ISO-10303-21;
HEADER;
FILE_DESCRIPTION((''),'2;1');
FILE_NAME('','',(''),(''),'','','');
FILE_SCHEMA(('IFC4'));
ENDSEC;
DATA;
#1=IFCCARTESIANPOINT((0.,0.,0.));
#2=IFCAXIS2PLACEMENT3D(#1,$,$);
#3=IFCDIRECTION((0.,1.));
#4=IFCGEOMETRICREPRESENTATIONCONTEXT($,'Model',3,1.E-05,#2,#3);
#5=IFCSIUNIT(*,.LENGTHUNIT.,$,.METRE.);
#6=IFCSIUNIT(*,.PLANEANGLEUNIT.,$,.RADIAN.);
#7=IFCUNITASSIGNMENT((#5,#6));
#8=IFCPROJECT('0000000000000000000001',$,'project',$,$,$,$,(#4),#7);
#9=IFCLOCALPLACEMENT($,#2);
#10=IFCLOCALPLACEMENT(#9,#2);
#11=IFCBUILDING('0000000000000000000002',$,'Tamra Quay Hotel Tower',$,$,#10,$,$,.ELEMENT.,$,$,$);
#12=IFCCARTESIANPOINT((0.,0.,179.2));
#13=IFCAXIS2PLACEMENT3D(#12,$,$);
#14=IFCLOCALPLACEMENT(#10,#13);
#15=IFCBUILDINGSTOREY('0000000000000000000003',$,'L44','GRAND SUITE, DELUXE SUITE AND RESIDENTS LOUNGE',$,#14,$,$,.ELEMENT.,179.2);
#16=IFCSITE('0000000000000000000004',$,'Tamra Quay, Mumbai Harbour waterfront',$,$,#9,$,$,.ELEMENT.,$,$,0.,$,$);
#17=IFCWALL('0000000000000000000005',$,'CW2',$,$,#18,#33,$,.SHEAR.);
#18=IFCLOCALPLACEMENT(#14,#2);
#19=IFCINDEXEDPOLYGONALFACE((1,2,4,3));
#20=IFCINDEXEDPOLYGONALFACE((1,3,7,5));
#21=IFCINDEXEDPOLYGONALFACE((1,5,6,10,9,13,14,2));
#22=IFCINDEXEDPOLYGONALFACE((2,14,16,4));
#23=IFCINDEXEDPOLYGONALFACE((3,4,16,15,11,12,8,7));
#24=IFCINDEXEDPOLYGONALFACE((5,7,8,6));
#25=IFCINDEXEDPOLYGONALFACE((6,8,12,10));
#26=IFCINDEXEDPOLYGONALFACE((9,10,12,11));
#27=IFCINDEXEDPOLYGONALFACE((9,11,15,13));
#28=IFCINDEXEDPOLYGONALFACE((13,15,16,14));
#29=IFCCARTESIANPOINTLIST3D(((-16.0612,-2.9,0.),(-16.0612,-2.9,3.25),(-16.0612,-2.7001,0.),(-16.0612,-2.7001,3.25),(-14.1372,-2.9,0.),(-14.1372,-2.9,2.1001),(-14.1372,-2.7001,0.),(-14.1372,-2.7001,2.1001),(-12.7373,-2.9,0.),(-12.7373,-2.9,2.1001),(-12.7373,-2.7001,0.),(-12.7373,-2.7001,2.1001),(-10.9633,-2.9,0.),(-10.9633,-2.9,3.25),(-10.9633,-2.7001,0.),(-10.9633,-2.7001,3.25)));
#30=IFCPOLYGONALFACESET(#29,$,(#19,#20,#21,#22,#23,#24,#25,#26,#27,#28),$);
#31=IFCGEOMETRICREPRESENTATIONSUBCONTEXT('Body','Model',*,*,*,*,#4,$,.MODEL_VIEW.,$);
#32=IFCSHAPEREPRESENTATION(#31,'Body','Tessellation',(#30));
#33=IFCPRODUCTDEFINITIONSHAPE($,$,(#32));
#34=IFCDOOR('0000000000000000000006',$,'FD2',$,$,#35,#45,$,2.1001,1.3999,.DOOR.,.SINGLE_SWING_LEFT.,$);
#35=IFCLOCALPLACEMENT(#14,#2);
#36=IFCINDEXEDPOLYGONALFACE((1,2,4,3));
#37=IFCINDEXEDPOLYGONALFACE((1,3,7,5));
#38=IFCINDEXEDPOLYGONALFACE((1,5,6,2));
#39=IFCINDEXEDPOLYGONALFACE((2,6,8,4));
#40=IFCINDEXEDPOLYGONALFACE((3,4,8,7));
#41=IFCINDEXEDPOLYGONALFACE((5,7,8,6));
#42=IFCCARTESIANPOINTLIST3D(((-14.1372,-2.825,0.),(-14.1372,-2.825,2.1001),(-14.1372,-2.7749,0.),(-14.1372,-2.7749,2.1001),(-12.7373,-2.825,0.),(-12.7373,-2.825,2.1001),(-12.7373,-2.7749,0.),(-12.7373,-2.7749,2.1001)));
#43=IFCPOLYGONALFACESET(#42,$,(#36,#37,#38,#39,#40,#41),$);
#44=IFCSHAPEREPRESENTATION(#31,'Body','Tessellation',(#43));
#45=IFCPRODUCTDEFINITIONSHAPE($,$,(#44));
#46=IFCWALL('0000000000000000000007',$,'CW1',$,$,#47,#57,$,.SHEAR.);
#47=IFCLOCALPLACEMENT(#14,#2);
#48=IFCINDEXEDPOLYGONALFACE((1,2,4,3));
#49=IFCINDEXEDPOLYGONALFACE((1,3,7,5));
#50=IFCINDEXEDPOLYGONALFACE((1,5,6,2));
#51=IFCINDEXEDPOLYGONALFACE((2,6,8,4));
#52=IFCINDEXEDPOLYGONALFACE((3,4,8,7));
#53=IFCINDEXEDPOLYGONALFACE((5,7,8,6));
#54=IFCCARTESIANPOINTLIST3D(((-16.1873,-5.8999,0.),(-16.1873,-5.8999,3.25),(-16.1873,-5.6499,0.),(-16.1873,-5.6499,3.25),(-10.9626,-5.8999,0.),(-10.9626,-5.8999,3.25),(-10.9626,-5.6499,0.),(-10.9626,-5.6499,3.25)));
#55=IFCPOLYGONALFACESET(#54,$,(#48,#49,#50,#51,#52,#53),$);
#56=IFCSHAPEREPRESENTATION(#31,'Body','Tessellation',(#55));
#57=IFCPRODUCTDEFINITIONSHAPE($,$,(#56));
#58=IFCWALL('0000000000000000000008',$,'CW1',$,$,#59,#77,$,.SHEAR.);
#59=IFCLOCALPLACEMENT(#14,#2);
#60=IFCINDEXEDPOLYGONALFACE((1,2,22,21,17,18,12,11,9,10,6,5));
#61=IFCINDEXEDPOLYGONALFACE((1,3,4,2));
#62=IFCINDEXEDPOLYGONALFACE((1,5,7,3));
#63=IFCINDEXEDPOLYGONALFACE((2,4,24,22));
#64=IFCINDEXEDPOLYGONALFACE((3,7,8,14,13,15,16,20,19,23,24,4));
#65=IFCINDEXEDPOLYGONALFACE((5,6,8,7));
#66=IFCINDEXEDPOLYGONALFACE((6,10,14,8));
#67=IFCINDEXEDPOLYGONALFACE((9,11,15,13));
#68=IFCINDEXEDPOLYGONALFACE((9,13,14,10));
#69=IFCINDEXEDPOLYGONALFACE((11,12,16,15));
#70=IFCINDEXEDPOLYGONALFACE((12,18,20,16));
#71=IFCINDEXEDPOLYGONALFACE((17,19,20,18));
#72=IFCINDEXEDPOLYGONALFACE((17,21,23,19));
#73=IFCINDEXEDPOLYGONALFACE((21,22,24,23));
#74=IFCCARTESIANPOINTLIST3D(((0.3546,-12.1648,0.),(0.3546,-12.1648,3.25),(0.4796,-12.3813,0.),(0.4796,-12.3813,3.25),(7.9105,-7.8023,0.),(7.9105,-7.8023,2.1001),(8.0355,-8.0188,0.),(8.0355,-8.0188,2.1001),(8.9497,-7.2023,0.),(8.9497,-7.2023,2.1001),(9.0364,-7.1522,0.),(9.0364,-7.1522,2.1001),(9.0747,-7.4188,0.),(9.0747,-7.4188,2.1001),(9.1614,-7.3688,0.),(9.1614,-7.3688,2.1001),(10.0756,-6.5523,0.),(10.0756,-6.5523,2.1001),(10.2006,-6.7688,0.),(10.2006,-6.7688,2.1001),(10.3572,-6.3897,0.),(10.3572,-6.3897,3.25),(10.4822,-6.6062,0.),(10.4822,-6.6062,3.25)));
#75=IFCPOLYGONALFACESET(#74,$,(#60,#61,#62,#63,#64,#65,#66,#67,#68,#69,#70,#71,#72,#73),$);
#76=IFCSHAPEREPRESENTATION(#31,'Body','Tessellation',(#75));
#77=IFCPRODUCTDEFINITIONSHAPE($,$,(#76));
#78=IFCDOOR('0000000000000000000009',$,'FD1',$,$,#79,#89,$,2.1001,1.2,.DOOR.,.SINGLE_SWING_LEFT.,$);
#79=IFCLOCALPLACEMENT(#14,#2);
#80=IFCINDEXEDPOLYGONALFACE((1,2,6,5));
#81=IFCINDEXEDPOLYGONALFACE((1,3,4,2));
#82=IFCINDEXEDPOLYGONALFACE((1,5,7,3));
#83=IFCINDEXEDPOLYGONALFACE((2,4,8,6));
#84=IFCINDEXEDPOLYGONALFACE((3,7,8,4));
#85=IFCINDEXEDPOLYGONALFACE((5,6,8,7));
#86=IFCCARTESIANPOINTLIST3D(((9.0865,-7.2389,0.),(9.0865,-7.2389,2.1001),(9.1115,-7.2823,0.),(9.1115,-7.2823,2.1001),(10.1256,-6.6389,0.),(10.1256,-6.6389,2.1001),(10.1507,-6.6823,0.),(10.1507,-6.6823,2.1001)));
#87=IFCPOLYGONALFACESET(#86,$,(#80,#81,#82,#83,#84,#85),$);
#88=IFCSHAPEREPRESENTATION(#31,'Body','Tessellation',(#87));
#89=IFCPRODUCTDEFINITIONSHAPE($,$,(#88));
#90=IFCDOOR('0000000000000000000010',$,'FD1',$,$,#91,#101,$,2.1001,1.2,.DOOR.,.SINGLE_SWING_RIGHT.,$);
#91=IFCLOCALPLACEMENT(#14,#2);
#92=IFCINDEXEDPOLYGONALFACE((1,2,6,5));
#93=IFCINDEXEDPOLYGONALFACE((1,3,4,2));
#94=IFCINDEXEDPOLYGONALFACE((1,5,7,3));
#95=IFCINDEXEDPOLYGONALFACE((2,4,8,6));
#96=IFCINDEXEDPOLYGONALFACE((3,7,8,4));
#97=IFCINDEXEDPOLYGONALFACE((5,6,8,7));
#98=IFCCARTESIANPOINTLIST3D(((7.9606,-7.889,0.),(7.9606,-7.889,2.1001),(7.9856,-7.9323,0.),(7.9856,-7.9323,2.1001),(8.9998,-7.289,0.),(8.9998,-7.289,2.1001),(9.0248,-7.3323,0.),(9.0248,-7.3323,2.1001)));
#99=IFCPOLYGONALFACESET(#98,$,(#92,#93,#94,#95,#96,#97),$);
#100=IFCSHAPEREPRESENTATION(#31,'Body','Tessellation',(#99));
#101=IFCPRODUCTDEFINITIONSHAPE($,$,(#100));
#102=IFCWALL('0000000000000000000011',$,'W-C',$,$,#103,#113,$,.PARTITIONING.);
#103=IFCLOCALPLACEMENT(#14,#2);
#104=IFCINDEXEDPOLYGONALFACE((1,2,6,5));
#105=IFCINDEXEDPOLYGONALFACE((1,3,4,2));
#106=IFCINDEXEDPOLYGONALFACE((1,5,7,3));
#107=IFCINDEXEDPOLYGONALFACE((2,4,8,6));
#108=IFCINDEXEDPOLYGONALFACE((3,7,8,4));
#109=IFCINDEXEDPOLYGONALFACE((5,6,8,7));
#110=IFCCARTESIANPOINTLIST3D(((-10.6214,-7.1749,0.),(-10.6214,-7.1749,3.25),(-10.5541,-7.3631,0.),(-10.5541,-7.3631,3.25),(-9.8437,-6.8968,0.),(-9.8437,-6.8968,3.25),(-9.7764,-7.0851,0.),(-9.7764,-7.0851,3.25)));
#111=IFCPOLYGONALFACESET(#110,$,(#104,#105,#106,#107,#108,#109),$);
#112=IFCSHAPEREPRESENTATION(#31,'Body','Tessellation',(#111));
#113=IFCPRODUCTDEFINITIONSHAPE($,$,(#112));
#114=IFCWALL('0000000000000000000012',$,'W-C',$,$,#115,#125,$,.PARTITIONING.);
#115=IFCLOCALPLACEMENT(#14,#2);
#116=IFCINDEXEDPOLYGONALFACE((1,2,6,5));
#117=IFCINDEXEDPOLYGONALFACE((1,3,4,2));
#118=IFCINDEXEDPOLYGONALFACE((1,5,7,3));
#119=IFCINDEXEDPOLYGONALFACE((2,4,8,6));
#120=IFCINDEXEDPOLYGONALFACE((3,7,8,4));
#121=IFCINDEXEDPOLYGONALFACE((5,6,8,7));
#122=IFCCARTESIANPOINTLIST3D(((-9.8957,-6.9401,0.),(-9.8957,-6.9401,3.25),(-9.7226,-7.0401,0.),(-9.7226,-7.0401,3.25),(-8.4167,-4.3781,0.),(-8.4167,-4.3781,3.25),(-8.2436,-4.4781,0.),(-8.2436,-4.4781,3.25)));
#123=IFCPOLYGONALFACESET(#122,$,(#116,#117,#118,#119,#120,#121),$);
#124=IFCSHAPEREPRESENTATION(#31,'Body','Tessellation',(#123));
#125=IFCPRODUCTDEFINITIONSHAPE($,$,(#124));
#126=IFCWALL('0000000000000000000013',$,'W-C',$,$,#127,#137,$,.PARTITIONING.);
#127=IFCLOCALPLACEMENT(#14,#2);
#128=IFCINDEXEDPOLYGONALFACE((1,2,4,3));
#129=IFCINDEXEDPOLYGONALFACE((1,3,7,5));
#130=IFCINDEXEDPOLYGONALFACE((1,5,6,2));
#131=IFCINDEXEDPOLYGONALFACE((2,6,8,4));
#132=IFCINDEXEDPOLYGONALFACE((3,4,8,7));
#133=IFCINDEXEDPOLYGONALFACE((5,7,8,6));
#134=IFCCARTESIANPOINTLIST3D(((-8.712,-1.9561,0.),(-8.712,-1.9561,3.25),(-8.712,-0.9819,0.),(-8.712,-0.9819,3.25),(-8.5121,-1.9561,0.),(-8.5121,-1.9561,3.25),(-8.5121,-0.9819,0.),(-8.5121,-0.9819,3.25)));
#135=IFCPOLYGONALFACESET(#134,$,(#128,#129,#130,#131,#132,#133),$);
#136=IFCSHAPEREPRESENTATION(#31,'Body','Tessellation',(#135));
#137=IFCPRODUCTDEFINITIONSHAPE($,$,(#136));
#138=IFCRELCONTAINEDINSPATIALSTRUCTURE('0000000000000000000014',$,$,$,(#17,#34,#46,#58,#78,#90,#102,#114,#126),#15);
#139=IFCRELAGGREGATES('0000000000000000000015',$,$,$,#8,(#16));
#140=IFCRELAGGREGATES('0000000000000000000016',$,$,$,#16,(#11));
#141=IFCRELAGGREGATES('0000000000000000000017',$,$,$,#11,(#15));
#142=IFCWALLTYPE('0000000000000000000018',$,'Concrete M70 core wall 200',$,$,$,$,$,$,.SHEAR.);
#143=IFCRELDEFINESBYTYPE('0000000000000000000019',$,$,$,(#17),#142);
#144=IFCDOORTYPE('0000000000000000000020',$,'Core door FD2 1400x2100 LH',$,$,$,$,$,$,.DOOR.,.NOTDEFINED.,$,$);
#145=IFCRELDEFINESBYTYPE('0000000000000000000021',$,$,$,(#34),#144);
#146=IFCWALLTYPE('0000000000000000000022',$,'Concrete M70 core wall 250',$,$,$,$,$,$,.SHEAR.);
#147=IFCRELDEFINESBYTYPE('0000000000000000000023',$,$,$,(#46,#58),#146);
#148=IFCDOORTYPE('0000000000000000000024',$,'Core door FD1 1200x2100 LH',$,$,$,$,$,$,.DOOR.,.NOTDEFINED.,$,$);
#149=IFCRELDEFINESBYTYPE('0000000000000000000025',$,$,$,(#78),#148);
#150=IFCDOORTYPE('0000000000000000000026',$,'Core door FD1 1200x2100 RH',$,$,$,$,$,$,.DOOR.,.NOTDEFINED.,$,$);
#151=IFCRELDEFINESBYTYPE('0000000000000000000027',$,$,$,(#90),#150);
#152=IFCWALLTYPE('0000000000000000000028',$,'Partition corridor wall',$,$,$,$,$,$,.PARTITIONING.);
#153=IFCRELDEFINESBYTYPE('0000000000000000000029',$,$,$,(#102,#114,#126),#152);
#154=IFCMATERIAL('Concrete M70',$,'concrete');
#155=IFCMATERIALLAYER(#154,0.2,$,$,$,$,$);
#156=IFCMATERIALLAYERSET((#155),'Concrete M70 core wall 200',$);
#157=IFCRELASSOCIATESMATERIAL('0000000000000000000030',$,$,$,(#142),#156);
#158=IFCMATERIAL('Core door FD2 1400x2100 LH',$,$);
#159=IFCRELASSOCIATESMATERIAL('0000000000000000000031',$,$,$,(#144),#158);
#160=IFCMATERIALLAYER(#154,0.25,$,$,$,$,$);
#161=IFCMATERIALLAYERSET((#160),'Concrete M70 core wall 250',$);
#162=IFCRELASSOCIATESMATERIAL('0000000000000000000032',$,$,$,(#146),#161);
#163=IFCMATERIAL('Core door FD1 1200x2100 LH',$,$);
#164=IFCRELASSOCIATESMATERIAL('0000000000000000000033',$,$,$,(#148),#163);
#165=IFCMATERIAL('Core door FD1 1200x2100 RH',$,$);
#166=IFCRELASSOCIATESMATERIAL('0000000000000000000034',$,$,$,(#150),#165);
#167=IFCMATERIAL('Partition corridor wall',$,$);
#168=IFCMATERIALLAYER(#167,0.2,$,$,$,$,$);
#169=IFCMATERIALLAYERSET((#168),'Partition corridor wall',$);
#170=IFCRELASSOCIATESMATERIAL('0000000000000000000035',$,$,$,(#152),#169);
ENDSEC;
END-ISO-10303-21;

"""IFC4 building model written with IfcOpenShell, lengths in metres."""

from ifc_helpers import new_model, si_unit, direction, frame, frame_2d, origin, place, context, subcontext, project, spatial, rectangle, extrude, material, layer, layer_set, type_object, element, fill, save


model = new_model("IFC4")

# Units and contexts
model_context = context("Model", 3, precision=1e-05, world=origin(), true_north=direction((0.0, 1.0)))
body_context = subcontext(model_context, "Body", "Model", "MODEL_VIEW")
ifc_project = project(units=[si_unit("LENGTHUNIT", "METRE"), si_unit("PLANEANGLEUNIT", "RADIAN")], contexts=[model_context])

# Site, building, storey
site_placement = place(None, origin())
site = spatial("IfcSite", under=ifc_project, at=site_placement, Name="Tamra Quay, Mumbai Harbour waterfront", CompositionType="ELEMENT", RefElevation=0.0)
building_placement = place(site_placement, origin())
building = spatial("IfcBuilding", under=site, at=building_placement, Name="Tamra Quay Hotel Tower", CompositionType="ELEMENT")
storey_placement = place(building_placement, frame((0.0, 0.0, 179.2)))
storey = spatial("IfcBuildingStorey", under=building, at=storey_placement, Name="L44", Description="GRAND SUITE, DELUXE SUITE AND RESIDENTS LOUNGE", CompositionType="ELEMENT", Elevation=179.2)

# Wall, opening, door
ifc_material_1 = material(Name="Concrete M70", Category="concrete")
ifc_layer_1 = layer(ifc_material_1, 0.2)
ifc_layer_set_1 = layer_set([ifc_layer_1], Name="Concrete M70 core wall 200")
wall_type_1 = type_object("IfcWallType", Name="Concrete M70 core wall 200", PredefinedType="SHEAR", material=ifc_layer_set_1)
wall_1_placement = place(storey_placement, frame((-10.9634, -2.8, 0.0), z_axis=(0.0, 0.0, 1.0), x_axis=(-1.0, 0.0, 0.0)))
wall_1 = element("IfcWall", 1, at=wall_1_placement, inside=storey, type_object=wall_type_1, Name="CW2", PredefinedType="SHEAR", context=body_context, shape_type="SweptSolid", body=[
    extrude(rectangle(XDim=5.0979, YDim=0.2, at=frame_2d((2.5488, 0.0))), origin(), (0.0, 0.0, 1.0), 3.25),
])
opening_1_placement = place(wall_1_placement, frame((1.7739, 0.0, 0.0)))
opening_1 = element("IfcOpeningElement", 2, at=opening_1_placement, cuts=wall_1, PredefinedType="OPENING", context=body_context, shape_type="SweptSolid", body=[
    extrude(rectangle(XDim=1.3999, YDim=2.1001, at=frame_2d((0.7, 1.05))), frame((0.0, 0.1099, 0.0), z_axis=(0.0, -1.0, 0.0), x_axis=(1.0, 0.0, 0.0)), (0.0, 0.0, 1.0), 0.22),
])
ifc_material_2 = material(Name="Core door FD2 1400x2100 LH")
door_type_1 = type_object("IfcDoorType", Name="Core door FD2 1400x2100 LH", OperationType="NOTDEFINED", PredefinedType="DOOR", material=ifc_material_2)
door_1_placement = place(opening_1_placement, origin())
door_1 = element("IfcDoor", 3, at=door_1_placement, inside=storey, type_object=door_type_1, Name="FD2", OperationType="SINGLE_SWING_LEFT", OverallHeight=2.1001, OverallWidth=1.3999, PredefinedType="DOOR", context=body_context, shape_type="SweptSolid", body=[
    extrude(rectangle(XDim=1.3999, YDim=2.1001, at=frame_2d((0.7, 1.05))), frame((0.0, 0.0249, 0.0), z_axis=(0.0, -1.0, 0.0), x_axis=(1.0, 0.0, 0.0)), (0.0, 0.0, 1.0), 0.05),
])
fill(opening_1, door_1)

# Wall
ifc_layer_2 = layer(ifc_material_1, 0.25)
ifc_layer_set_2 = layer_set([ifc_layer_2], Name="Concrete M70 core wall 250")
wall_type_2 = type_object("IfcWallType", Name="Concrete M70 core wall 250", PredefinedType="SHEAR", material=ifc_layer_set_2)
wall_2_placement = place(storey_placement, frame((-10.9626, -5.7749, 0.0), z_axis=(0.0, 0.0, 1.0), x_axis=(-1.0, 0.0, 0.0)))
element("IfcWall", 4, at=wall_2_placement, inside=storey, type_object=wall_type_2, Name="CW1", PredefinedType="SHEAR", context=body_context, shape_type="SweptSolid", body=[
    extrude(rectangle(XDim=5.2246, YDim=0.25, at=frame_2d((2.6123, 0.0))), origin(), (0.0, 0.0, 1.0), 3.25),
])

# Wall, openings, doors
wall_3_placement = place(storey_placement, frame((0.4172, -12.2729, 0.0), z_axis=(0.0, 0.0, 1.0), x_axis=(0.866022, 0.500006, 0.0)))
wall_3 = element("IfcWall", 5, at=wall_3_placement, inside=storey, type_object=wall_type_2, Name="CW1", PredefinedType="SHEAR", context=body_context, shape_type="SweptSolid", body=[
    extrude(rectangle(XDim=11.55, YDim=0.25, at=frame_2d((5.7749, 0.0))), origin(), (0.0, 0.0, 1.0), 3.25),
])
opening_2_placement = place(wall_3_placement, frame((10.0247, 0.0, 0.0)))
opening_2 = element("IfcOpeningElement", 6, at=opening_2_placement, cuts=wall_3, PredefinedType="OPENING", context=body_context, shape_type="SweptSolid", body=[
    extrude(rectangle(XDim=1.2, YDim=2.1001, at=frame_2d((0.6001, 1.05))), frame((0.0, 0.135, 0.0), z_axis=(0.0, -1.0, 0.0), x_axis=(1.0, 0.0, 0.0)), (0.0, 0.0, 1.0), 0.27),
])
opening_3_placement = place(wall_3_placement, frame((8.7246, 0.0, 0.0)))
opening_3 = element("IfcOpeningElement", 7, at=opening_3_placement, cuts=wall_3, PredefinedType="OPENING", context=body_context, shape_type="SweptSolid", body=[
    extrude(rectangle(XDim=1.2, YDim=2.1001, at=frame_2d((0.6001, 1.05))), frame((0.0, 0.135, 0.0), z_axis=(0.0, -1.0, 0.0), x_axis=(1.0, 0.0, 0.0)), (0.0, 0.0, 1.0), 0.27),
])
ifc_material_3 = material(Name="Core door FD1 1200x2100 LH")
door_type_2 = type_object("IfcDoorType", Name="Core door FD1 1200x2100 LH", OperationType="NOTDEFINED", PredefinedType="DOOR", material=ifc_material_3)
door_2_placement = place(opening_2_placement, origin())
door_2 = element("IfcDoor", 8, at=door_2_placement, inside=storey, type_object=door_type_2, Name="FD1", OperationType="SINGLE_SWING_LEFT", OverallHeight=2.1001, OverallWidth=1.2, PredefinedType="DOOR", context=body_context, shape_type="SweptSolid", body=[
    extrude(rectangle(XDim=1.2, YDim=2.1001, at=frame_2d((0.6001, 1.05))), frame((0.0, 0.0249, 0.0), z_axis=(0.0, -1.0, 0.0), x_axis=(1.0, 0.0, 0.0)), (0.0, 0.0, 1.0), 0.05),
])
fill(opening_2, door_2)
ifc_material_4 = material(Name="Core door FD1 1200x2100 RH")
door_type_3 = type_object("IfcDoorType", Name="Core door FD1 1200x2100 RH", OperationType="NOTDEFINED", PredefinedType="DOOR", material=ifc_material_4)
door_3_placement = place(opening_3_placement, origin())
door_3 = element("IfcDoor", 9, at=door_3_placement, inside=storey, type_object=door_type_3, Name="FD1", OperationType="SINGLE_SWING_RIGHT", OverallHeight=2.1001, OverallWidth=1.2, PredefinedType="DOOR", context=body_context, shape_type="SweptSolid", body=[
    extrude(rectangle(XDim=1.2, YDim=2.1001, at=frame_2d((0.6001, 1.05))), frame((0.0, 0.0249, 0.0), z_axis=(0.0, -1.0, 0.0), x_axis=(1.0, 0.0, 0.0)), (0.0, 0.0, 1.0), 0.05),
])
fill(opening_3, door_3)

# Walls
ifc_material_5 = material(Name="Partition corridor wall")
ifc_layer_3 = layer(ifc_material_5, 0.2)
ifc_layer_set_3 = layer_set([ifc_layer_3], Name="Partition corridor wall")
wall_type_3 = type_object("IfcWallType", Name="Partition corridor wall", PredefinedType="PARTITIONING", material=ifc_layer_set_3)
wall_4_placement = place(storey_placement, frame((-10.5879, -7.269, 0.0), z_axis=(0.0, 0.0, 1.0), x_axis=(0.941635, 0.336636, 0.0)))
element("IfcWall", 10, at=wall_4_placement, inside=storey, type_object=wall_type_3, Name="W-C", PredefinedType="PARTITIONING", context=body_context, shape_type="SweptSolid", body=[
    extrude(rectangle(XDim=0.8259, YDim=0.2, at=frame_2d((0.4131, 0.0))), origin(), (0.0, 0.0, 1.0), 3.25),
])
wall_5_placement = place(storey_placement, frame((-9.8091, -6.99, 0.0), z_axis=(0.0, 0.0, 1.0), x_axis=(0.499956, 0.866051, 0.0)))
element("IfcWall", 11, at=wall_5_placement, inside=storey, type_object=wall_type_3, Name="W-C", PredefinedType="PARTITIONING", context=body_context, shape_type="SweptSolid", body=[
    extrude(rectangle(XDim=2.9583, YDim=0.2, at=frame_2d((1.479, 0.0))), origin(), (0.0, 0.0, 1.0), 3.25),
])
wall_6_placement = place(storey_placement, frame((-8.6121, -1.9561, 0.0), z_axis=(0.0, 0.0, 1.0), x_axis=(0.0, 1.0, 0.0)))
element("IfcWall", 12, at=wall_6_placement, inside=storey, type_object=wall_type_3, Name="W-C", PredefinedType="PARTITIONING", context=body_context, shape_type="SweptSolid", body=[
    extrude(rectangle(XDim=0.9741, YDim=0.2, at=frame_2d((0.4871, 0.0))), origin(), (0.0, 0.0, 1.0), 3.25),
])

save(model, "model.ifc")
